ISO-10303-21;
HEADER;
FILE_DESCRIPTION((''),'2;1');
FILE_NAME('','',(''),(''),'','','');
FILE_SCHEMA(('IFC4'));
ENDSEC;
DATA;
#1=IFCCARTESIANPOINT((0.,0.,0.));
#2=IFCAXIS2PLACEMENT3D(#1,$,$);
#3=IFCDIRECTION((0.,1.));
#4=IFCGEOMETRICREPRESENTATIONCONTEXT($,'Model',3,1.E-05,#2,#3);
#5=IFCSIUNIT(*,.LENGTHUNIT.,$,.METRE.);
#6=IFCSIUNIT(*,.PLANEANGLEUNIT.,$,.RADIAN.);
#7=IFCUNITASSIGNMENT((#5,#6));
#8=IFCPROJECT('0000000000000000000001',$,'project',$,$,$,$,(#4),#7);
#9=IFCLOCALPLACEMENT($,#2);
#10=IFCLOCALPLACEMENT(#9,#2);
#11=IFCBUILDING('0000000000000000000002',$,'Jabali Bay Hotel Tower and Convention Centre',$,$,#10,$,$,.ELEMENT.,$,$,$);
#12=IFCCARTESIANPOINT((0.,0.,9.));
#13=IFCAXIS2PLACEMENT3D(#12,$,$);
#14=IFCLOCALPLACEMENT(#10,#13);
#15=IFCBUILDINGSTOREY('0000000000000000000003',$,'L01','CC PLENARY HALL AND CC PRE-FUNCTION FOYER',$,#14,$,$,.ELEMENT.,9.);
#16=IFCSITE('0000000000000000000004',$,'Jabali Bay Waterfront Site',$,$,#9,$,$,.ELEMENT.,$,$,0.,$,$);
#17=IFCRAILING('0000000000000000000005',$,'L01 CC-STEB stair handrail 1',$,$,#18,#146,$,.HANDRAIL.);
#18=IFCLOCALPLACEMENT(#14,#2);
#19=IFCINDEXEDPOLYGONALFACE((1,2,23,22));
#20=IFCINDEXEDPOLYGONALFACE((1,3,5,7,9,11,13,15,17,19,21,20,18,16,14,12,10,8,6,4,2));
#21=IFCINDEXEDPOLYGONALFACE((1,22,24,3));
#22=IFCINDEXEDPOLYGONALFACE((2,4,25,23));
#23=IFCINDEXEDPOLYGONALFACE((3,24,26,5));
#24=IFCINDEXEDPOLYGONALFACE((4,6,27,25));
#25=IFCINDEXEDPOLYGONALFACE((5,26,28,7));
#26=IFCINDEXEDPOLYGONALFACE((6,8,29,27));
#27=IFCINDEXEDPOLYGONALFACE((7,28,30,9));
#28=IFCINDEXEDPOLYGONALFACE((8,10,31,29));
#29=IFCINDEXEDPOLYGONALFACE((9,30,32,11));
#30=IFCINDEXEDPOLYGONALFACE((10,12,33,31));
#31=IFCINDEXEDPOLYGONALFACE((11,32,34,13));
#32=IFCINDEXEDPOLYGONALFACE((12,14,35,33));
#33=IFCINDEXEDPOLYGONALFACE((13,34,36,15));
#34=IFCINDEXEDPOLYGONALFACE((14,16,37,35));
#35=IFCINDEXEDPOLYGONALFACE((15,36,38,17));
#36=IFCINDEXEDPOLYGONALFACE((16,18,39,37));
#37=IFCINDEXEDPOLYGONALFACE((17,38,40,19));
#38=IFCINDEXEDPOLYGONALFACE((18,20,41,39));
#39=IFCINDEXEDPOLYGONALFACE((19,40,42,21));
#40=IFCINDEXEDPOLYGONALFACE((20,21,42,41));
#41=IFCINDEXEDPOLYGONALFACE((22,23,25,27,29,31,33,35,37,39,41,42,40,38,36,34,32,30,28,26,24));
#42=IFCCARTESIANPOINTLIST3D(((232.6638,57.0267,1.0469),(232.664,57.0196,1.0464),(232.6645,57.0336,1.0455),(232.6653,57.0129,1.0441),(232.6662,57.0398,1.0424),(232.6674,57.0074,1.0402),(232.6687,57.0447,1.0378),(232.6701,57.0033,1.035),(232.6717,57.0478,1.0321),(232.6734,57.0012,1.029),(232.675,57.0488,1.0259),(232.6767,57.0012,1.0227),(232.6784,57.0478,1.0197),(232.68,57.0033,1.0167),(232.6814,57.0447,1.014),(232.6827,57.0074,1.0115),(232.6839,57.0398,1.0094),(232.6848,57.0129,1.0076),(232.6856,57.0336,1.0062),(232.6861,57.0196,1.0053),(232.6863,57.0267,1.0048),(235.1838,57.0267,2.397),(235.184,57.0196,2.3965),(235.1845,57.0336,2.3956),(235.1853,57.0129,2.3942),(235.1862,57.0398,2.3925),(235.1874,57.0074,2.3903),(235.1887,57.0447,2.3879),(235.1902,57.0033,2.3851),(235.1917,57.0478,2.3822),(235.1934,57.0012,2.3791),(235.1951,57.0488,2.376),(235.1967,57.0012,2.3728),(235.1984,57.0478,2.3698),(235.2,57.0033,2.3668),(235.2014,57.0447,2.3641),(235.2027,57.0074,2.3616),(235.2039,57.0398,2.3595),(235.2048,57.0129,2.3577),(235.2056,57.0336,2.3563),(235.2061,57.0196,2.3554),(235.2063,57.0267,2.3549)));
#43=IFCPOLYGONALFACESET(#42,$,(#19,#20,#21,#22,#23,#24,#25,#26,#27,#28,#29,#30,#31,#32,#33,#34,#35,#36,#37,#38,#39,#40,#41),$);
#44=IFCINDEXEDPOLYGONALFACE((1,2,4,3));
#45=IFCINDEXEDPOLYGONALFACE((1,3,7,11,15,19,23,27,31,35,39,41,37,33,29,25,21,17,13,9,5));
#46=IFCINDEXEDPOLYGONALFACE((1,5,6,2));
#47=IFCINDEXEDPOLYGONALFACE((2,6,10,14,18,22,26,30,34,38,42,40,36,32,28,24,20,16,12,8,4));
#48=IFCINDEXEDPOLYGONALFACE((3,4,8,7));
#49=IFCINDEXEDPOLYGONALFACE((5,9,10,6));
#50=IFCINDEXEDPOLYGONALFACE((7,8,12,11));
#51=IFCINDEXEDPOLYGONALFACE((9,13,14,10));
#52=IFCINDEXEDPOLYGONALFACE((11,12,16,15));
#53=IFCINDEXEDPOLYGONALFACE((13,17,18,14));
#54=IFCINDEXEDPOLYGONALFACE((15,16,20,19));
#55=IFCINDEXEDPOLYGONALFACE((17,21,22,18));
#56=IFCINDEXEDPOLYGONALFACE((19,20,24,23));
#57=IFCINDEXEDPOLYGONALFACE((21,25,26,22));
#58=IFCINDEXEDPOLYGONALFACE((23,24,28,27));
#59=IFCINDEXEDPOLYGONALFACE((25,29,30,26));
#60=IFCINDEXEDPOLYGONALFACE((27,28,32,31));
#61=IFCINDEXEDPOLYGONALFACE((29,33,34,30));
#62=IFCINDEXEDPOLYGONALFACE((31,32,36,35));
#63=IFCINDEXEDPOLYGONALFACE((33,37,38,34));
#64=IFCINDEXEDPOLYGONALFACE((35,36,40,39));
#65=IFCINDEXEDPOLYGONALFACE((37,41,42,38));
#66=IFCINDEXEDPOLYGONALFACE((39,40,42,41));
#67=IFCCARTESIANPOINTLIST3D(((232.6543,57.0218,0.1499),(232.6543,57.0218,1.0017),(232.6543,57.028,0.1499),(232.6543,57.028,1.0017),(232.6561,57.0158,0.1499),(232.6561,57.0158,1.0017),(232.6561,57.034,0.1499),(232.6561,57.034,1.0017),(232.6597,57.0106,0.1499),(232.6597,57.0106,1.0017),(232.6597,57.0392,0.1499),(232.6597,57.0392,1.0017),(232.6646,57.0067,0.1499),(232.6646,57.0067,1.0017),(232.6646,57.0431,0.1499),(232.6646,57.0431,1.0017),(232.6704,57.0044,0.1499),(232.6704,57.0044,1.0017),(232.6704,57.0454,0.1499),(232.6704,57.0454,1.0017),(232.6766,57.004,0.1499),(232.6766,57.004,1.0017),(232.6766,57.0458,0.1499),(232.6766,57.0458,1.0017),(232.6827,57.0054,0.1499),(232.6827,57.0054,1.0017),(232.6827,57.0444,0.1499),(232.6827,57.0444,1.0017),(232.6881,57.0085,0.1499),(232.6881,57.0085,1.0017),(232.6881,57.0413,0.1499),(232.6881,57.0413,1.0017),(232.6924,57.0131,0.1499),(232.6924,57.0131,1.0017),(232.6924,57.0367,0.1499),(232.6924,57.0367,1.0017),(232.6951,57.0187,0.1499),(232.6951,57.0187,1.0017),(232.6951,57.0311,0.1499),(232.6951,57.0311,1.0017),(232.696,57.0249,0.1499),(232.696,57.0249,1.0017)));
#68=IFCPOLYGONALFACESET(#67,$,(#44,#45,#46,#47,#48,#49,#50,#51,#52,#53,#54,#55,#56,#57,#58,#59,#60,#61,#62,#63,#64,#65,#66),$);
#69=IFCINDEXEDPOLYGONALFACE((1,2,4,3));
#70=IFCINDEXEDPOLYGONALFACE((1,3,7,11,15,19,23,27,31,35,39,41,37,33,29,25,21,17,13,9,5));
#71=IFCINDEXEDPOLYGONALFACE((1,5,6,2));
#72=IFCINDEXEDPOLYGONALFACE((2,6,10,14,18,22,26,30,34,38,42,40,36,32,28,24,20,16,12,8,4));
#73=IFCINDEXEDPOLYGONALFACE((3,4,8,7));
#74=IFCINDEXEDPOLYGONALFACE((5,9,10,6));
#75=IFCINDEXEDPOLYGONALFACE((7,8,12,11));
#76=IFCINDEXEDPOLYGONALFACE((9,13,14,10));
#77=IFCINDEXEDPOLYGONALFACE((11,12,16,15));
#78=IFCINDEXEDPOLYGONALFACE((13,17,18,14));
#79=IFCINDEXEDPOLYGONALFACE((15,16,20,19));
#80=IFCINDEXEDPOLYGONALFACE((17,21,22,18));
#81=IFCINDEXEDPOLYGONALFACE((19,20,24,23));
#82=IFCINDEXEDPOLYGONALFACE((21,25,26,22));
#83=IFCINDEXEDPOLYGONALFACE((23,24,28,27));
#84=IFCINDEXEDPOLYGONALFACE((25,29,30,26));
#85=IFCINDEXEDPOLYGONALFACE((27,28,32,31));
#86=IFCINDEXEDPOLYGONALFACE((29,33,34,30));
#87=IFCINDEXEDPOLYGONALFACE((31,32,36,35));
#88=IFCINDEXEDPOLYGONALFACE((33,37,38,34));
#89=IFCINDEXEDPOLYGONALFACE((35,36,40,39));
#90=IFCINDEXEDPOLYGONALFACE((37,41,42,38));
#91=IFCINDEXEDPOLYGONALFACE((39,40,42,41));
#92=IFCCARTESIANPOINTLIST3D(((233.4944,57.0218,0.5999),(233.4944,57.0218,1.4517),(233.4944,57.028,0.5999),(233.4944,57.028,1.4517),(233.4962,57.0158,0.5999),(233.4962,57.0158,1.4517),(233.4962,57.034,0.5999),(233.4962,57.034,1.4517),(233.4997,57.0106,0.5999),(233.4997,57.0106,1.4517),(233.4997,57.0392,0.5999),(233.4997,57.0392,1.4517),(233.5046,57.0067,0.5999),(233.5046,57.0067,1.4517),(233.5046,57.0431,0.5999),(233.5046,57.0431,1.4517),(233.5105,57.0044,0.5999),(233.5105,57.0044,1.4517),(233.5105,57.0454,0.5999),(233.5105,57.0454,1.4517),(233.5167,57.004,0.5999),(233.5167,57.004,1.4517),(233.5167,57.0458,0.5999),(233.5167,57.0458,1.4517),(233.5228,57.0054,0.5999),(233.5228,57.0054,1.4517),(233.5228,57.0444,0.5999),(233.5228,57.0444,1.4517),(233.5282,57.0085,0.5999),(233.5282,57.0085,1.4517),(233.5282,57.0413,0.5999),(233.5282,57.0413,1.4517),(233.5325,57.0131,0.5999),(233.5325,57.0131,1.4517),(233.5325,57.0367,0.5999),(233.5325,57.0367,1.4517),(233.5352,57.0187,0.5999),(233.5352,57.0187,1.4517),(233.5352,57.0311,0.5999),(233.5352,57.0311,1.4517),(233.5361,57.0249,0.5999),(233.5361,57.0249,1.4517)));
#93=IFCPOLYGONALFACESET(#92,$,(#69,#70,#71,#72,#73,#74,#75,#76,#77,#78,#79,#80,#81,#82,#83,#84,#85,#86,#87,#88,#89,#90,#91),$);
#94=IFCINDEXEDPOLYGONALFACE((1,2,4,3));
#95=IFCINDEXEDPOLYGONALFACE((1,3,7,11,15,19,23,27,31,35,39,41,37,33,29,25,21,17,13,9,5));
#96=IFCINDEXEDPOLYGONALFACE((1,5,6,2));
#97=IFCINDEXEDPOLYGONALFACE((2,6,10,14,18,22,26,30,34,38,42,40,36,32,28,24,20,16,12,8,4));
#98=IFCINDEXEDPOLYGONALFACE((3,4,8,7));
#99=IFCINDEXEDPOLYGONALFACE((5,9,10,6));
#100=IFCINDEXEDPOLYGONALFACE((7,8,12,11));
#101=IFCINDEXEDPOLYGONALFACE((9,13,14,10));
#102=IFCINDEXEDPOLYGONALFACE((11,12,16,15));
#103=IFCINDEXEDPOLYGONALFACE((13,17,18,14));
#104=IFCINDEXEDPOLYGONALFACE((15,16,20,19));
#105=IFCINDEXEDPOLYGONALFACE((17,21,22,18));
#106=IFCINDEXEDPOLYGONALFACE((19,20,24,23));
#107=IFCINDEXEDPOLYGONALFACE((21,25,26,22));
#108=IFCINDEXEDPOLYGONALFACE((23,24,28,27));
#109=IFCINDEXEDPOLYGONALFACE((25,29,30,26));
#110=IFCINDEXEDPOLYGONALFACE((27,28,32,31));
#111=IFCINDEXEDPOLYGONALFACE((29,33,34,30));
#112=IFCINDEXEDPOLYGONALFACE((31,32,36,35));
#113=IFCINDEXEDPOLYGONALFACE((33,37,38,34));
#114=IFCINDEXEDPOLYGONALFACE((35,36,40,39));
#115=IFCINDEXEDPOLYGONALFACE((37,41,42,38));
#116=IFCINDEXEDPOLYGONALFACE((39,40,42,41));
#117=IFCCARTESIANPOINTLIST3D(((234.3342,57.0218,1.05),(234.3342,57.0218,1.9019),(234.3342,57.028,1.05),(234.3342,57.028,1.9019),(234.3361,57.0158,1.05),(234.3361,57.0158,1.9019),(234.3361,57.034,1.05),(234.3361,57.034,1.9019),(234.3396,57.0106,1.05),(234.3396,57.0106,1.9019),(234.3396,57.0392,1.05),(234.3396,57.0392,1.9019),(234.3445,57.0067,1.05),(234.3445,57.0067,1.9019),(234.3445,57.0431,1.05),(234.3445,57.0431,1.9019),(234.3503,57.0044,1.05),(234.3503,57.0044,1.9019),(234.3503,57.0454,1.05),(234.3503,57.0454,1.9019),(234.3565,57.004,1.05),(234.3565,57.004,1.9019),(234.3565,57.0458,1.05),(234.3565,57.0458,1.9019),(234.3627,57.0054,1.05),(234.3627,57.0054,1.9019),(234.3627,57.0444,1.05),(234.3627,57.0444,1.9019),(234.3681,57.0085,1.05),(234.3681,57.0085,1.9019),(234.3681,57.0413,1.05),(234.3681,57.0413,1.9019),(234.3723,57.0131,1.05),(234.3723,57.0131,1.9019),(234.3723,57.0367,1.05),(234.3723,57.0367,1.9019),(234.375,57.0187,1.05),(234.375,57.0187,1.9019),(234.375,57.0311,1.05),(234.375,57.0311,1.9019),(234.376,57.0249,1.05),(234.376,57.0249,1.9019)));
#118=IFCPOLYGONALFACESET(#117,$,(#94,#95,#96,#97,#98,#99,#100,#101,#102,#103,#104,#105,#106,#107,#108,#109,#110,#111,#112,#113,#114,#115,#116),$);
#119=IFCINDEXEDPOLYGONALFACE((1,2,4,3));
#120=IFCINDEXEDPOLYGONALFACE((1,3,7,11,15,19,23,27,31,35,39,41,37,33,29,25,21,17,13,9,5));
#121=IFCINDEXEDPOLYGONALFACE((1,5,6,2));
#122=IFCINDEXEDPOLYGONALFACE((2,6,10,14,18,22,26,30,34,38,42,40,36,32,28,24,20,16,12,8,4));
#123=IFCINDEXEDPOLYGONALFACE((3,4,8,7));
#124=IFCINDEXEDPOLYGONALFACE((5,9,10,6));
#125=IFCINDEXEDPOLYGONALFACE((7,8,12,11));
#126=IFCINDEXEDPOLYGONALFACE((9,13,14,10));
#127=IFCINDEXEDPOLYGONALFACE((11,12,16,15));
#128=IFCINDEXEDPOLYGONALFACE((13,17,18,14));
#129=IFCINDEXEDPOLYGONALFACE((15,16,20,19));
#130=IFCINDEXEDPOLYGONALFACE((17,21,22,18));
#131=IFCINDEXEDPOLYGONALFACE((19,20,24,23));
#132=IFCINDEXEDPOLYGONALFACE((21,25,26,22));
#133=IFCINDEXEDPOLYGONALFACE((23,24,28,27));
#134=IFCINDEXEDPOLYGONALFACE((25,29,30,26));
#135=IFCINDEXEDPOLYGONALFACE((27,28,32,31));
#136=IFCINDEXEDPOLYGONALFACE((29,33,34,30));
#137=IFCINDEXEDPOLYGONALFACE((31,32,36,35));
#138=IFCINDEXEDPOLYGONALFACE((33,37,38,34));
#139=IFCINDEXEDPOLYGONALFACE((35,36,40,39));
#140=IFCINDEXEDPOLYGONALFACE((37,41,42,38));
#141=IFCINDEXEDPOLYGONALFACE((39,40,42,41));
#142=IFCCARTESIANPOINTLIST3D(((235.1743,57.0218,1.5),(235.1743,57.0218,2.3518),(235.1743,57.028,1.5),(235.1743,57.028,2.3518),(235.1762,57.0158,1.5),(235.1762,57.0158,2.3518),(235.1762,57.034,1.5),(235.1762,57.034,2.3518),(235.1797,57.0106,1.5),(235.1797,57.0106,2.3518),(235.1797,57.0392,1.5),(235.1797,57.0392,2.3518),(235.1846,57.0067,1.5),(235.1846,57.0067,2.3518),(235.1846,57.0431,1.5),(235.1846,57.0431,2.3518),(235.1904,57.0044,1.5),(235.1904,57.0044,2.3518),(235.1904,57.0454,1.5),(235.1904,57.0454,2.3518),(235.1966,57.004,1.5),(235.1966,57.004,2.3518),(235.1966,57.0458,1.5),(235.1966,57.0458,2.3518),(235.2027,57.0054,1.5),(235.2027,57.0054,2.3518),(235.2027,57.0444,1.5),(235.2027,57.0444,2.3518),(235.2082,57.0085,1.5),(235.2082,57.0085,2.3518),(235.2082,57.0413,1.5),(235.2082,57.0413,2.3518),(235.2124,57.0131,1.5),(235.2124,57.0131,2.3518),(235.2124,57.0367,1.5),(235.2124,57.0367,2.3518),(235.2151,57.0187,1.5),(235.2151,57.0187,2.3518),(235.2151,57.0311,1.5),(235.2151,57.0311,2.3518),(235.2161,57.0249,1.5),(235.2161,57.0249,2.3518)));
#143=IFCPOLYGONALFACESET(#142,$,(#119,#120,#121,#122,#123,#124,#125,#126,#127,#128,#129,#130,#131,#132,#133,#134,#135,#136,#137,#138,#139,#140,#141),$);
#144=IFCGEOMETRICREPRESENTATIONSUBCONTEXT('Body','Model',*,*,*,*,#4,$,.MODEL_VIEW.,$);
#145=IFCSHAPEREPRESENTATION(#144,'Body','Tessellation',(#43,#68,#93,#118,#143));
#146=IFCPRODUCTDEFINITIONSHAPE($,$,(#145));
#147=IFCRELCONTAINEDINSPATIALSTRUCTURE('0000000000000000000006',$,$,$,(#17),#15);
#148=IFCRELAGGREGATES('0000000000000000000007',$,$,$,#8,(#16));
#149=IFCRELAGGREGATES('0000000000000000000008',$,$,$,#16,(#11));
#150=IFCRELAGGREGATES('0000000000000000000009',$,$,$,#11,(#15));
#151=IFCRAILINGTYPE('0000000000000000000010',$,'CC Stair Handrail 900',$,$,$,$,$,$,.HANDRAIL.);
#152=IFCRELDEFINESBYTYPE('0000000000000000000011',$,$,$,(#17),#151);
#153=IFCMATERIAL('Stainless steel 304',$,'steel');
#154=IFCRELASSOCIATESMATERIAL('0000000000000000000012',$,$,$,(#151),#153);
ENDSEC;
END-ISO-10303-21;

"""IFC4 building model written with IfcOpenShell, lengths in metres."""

from ifc_helpers import new_model, si_unit, direction, frame, origin, origin_2d, place, context, subcontext, project, spatial, circle, extrude, material, type_object, element, save


model = new_model("IFC4")

# Units and contexts
model_context = context("Model", 3, precision=1e-05, world=origin(), true_north=direction((0.0, 1.0)))
body_context = subcontext(model_context, "Body", "Model", "MODEL_VIEW")
ifc_project = project(units=[si_unit("LENGTHUNIT", "METRE"), si_unit("PLANEANGLEUNIT", "RADIAN")], contexts=[model_context])

# Site, building, storey
site_placement = place(None, origin())
site = spatial("IfcSite", under=ifc_project, at=site_placement, Name="Jabali Bay Waterfront Site", CompositionType="ELEMENT", RefElevation=0.0)
building_placement = place(site_placement, origin())
building = spatial("IfcBuilding", under=site, at=building_placement, Name="Jabali Bay Hotel Tower and Convention Centre", CompositionType="ELEMENT")
storey_placement = place(building_placement, frame((0.0, 0.0, 9.0)))
storey = spatial("IfcBuildingStorey", under=building, at=storey_placement, Name="L01", Description="CC PLENARY HALL AND CC PRE-FUNCTION FOYER", CompositionType="ELEMENT", Elevation=9.0)

# Railing
ifc_material_1 = material(Name="Stainless steel 304", Category="steel")
railing_type_1 = type_object("IfcRailingType", Name="CC Stair Handrail 900", PredefinedType="HANDRAIL", material=ifc_material_1)
for number, where, name in (
    (1, (232.675, 57.0249, 0.1499), "L01 CC-STEB stair handrail 1"),
):
    element("IfcRailing", number, at=place(storey_placement, frame(where)), inside=storey, type_object=railing_type_1, Name=name, PredefinedType="HANDRAIL", context=body_context, shape_type="SweptSolid", body=[
        extrude(circle(Radius=0.0239, at=origin_2d()), frame((0.0, 0.0, 0.876), z_axis=(0.881467, 0.0, 0.472245), x_axis=(0.0, 1.0, 0.0)), (0.0, 0.0, 1.0), 2.8589),
        extrude(circle(Radius=0.021, at=origin_2d()), origin(), (0.0, 0.0, 1.0), 0.8518),
        extrude(circle(Radius=0.021, at=origin_2d()), frame((0.8401, 0.0, 0.45)), (0.0, 0.0, 1.0), 0.8518),
        extrude(circle(Radius=0.021, at=origin_2d()), frame((1.6799, 0.0, 0.9001)), (0.0, 0.0, 1.0), 0.8518),
        extrude(circle(Radius=0.021, at=origin_2d()), frame((2.52, 0.0, 1.3501)), (0.0, 0.0, 1.0), 0.8518),
    ])

save(model, "model.ifc")
